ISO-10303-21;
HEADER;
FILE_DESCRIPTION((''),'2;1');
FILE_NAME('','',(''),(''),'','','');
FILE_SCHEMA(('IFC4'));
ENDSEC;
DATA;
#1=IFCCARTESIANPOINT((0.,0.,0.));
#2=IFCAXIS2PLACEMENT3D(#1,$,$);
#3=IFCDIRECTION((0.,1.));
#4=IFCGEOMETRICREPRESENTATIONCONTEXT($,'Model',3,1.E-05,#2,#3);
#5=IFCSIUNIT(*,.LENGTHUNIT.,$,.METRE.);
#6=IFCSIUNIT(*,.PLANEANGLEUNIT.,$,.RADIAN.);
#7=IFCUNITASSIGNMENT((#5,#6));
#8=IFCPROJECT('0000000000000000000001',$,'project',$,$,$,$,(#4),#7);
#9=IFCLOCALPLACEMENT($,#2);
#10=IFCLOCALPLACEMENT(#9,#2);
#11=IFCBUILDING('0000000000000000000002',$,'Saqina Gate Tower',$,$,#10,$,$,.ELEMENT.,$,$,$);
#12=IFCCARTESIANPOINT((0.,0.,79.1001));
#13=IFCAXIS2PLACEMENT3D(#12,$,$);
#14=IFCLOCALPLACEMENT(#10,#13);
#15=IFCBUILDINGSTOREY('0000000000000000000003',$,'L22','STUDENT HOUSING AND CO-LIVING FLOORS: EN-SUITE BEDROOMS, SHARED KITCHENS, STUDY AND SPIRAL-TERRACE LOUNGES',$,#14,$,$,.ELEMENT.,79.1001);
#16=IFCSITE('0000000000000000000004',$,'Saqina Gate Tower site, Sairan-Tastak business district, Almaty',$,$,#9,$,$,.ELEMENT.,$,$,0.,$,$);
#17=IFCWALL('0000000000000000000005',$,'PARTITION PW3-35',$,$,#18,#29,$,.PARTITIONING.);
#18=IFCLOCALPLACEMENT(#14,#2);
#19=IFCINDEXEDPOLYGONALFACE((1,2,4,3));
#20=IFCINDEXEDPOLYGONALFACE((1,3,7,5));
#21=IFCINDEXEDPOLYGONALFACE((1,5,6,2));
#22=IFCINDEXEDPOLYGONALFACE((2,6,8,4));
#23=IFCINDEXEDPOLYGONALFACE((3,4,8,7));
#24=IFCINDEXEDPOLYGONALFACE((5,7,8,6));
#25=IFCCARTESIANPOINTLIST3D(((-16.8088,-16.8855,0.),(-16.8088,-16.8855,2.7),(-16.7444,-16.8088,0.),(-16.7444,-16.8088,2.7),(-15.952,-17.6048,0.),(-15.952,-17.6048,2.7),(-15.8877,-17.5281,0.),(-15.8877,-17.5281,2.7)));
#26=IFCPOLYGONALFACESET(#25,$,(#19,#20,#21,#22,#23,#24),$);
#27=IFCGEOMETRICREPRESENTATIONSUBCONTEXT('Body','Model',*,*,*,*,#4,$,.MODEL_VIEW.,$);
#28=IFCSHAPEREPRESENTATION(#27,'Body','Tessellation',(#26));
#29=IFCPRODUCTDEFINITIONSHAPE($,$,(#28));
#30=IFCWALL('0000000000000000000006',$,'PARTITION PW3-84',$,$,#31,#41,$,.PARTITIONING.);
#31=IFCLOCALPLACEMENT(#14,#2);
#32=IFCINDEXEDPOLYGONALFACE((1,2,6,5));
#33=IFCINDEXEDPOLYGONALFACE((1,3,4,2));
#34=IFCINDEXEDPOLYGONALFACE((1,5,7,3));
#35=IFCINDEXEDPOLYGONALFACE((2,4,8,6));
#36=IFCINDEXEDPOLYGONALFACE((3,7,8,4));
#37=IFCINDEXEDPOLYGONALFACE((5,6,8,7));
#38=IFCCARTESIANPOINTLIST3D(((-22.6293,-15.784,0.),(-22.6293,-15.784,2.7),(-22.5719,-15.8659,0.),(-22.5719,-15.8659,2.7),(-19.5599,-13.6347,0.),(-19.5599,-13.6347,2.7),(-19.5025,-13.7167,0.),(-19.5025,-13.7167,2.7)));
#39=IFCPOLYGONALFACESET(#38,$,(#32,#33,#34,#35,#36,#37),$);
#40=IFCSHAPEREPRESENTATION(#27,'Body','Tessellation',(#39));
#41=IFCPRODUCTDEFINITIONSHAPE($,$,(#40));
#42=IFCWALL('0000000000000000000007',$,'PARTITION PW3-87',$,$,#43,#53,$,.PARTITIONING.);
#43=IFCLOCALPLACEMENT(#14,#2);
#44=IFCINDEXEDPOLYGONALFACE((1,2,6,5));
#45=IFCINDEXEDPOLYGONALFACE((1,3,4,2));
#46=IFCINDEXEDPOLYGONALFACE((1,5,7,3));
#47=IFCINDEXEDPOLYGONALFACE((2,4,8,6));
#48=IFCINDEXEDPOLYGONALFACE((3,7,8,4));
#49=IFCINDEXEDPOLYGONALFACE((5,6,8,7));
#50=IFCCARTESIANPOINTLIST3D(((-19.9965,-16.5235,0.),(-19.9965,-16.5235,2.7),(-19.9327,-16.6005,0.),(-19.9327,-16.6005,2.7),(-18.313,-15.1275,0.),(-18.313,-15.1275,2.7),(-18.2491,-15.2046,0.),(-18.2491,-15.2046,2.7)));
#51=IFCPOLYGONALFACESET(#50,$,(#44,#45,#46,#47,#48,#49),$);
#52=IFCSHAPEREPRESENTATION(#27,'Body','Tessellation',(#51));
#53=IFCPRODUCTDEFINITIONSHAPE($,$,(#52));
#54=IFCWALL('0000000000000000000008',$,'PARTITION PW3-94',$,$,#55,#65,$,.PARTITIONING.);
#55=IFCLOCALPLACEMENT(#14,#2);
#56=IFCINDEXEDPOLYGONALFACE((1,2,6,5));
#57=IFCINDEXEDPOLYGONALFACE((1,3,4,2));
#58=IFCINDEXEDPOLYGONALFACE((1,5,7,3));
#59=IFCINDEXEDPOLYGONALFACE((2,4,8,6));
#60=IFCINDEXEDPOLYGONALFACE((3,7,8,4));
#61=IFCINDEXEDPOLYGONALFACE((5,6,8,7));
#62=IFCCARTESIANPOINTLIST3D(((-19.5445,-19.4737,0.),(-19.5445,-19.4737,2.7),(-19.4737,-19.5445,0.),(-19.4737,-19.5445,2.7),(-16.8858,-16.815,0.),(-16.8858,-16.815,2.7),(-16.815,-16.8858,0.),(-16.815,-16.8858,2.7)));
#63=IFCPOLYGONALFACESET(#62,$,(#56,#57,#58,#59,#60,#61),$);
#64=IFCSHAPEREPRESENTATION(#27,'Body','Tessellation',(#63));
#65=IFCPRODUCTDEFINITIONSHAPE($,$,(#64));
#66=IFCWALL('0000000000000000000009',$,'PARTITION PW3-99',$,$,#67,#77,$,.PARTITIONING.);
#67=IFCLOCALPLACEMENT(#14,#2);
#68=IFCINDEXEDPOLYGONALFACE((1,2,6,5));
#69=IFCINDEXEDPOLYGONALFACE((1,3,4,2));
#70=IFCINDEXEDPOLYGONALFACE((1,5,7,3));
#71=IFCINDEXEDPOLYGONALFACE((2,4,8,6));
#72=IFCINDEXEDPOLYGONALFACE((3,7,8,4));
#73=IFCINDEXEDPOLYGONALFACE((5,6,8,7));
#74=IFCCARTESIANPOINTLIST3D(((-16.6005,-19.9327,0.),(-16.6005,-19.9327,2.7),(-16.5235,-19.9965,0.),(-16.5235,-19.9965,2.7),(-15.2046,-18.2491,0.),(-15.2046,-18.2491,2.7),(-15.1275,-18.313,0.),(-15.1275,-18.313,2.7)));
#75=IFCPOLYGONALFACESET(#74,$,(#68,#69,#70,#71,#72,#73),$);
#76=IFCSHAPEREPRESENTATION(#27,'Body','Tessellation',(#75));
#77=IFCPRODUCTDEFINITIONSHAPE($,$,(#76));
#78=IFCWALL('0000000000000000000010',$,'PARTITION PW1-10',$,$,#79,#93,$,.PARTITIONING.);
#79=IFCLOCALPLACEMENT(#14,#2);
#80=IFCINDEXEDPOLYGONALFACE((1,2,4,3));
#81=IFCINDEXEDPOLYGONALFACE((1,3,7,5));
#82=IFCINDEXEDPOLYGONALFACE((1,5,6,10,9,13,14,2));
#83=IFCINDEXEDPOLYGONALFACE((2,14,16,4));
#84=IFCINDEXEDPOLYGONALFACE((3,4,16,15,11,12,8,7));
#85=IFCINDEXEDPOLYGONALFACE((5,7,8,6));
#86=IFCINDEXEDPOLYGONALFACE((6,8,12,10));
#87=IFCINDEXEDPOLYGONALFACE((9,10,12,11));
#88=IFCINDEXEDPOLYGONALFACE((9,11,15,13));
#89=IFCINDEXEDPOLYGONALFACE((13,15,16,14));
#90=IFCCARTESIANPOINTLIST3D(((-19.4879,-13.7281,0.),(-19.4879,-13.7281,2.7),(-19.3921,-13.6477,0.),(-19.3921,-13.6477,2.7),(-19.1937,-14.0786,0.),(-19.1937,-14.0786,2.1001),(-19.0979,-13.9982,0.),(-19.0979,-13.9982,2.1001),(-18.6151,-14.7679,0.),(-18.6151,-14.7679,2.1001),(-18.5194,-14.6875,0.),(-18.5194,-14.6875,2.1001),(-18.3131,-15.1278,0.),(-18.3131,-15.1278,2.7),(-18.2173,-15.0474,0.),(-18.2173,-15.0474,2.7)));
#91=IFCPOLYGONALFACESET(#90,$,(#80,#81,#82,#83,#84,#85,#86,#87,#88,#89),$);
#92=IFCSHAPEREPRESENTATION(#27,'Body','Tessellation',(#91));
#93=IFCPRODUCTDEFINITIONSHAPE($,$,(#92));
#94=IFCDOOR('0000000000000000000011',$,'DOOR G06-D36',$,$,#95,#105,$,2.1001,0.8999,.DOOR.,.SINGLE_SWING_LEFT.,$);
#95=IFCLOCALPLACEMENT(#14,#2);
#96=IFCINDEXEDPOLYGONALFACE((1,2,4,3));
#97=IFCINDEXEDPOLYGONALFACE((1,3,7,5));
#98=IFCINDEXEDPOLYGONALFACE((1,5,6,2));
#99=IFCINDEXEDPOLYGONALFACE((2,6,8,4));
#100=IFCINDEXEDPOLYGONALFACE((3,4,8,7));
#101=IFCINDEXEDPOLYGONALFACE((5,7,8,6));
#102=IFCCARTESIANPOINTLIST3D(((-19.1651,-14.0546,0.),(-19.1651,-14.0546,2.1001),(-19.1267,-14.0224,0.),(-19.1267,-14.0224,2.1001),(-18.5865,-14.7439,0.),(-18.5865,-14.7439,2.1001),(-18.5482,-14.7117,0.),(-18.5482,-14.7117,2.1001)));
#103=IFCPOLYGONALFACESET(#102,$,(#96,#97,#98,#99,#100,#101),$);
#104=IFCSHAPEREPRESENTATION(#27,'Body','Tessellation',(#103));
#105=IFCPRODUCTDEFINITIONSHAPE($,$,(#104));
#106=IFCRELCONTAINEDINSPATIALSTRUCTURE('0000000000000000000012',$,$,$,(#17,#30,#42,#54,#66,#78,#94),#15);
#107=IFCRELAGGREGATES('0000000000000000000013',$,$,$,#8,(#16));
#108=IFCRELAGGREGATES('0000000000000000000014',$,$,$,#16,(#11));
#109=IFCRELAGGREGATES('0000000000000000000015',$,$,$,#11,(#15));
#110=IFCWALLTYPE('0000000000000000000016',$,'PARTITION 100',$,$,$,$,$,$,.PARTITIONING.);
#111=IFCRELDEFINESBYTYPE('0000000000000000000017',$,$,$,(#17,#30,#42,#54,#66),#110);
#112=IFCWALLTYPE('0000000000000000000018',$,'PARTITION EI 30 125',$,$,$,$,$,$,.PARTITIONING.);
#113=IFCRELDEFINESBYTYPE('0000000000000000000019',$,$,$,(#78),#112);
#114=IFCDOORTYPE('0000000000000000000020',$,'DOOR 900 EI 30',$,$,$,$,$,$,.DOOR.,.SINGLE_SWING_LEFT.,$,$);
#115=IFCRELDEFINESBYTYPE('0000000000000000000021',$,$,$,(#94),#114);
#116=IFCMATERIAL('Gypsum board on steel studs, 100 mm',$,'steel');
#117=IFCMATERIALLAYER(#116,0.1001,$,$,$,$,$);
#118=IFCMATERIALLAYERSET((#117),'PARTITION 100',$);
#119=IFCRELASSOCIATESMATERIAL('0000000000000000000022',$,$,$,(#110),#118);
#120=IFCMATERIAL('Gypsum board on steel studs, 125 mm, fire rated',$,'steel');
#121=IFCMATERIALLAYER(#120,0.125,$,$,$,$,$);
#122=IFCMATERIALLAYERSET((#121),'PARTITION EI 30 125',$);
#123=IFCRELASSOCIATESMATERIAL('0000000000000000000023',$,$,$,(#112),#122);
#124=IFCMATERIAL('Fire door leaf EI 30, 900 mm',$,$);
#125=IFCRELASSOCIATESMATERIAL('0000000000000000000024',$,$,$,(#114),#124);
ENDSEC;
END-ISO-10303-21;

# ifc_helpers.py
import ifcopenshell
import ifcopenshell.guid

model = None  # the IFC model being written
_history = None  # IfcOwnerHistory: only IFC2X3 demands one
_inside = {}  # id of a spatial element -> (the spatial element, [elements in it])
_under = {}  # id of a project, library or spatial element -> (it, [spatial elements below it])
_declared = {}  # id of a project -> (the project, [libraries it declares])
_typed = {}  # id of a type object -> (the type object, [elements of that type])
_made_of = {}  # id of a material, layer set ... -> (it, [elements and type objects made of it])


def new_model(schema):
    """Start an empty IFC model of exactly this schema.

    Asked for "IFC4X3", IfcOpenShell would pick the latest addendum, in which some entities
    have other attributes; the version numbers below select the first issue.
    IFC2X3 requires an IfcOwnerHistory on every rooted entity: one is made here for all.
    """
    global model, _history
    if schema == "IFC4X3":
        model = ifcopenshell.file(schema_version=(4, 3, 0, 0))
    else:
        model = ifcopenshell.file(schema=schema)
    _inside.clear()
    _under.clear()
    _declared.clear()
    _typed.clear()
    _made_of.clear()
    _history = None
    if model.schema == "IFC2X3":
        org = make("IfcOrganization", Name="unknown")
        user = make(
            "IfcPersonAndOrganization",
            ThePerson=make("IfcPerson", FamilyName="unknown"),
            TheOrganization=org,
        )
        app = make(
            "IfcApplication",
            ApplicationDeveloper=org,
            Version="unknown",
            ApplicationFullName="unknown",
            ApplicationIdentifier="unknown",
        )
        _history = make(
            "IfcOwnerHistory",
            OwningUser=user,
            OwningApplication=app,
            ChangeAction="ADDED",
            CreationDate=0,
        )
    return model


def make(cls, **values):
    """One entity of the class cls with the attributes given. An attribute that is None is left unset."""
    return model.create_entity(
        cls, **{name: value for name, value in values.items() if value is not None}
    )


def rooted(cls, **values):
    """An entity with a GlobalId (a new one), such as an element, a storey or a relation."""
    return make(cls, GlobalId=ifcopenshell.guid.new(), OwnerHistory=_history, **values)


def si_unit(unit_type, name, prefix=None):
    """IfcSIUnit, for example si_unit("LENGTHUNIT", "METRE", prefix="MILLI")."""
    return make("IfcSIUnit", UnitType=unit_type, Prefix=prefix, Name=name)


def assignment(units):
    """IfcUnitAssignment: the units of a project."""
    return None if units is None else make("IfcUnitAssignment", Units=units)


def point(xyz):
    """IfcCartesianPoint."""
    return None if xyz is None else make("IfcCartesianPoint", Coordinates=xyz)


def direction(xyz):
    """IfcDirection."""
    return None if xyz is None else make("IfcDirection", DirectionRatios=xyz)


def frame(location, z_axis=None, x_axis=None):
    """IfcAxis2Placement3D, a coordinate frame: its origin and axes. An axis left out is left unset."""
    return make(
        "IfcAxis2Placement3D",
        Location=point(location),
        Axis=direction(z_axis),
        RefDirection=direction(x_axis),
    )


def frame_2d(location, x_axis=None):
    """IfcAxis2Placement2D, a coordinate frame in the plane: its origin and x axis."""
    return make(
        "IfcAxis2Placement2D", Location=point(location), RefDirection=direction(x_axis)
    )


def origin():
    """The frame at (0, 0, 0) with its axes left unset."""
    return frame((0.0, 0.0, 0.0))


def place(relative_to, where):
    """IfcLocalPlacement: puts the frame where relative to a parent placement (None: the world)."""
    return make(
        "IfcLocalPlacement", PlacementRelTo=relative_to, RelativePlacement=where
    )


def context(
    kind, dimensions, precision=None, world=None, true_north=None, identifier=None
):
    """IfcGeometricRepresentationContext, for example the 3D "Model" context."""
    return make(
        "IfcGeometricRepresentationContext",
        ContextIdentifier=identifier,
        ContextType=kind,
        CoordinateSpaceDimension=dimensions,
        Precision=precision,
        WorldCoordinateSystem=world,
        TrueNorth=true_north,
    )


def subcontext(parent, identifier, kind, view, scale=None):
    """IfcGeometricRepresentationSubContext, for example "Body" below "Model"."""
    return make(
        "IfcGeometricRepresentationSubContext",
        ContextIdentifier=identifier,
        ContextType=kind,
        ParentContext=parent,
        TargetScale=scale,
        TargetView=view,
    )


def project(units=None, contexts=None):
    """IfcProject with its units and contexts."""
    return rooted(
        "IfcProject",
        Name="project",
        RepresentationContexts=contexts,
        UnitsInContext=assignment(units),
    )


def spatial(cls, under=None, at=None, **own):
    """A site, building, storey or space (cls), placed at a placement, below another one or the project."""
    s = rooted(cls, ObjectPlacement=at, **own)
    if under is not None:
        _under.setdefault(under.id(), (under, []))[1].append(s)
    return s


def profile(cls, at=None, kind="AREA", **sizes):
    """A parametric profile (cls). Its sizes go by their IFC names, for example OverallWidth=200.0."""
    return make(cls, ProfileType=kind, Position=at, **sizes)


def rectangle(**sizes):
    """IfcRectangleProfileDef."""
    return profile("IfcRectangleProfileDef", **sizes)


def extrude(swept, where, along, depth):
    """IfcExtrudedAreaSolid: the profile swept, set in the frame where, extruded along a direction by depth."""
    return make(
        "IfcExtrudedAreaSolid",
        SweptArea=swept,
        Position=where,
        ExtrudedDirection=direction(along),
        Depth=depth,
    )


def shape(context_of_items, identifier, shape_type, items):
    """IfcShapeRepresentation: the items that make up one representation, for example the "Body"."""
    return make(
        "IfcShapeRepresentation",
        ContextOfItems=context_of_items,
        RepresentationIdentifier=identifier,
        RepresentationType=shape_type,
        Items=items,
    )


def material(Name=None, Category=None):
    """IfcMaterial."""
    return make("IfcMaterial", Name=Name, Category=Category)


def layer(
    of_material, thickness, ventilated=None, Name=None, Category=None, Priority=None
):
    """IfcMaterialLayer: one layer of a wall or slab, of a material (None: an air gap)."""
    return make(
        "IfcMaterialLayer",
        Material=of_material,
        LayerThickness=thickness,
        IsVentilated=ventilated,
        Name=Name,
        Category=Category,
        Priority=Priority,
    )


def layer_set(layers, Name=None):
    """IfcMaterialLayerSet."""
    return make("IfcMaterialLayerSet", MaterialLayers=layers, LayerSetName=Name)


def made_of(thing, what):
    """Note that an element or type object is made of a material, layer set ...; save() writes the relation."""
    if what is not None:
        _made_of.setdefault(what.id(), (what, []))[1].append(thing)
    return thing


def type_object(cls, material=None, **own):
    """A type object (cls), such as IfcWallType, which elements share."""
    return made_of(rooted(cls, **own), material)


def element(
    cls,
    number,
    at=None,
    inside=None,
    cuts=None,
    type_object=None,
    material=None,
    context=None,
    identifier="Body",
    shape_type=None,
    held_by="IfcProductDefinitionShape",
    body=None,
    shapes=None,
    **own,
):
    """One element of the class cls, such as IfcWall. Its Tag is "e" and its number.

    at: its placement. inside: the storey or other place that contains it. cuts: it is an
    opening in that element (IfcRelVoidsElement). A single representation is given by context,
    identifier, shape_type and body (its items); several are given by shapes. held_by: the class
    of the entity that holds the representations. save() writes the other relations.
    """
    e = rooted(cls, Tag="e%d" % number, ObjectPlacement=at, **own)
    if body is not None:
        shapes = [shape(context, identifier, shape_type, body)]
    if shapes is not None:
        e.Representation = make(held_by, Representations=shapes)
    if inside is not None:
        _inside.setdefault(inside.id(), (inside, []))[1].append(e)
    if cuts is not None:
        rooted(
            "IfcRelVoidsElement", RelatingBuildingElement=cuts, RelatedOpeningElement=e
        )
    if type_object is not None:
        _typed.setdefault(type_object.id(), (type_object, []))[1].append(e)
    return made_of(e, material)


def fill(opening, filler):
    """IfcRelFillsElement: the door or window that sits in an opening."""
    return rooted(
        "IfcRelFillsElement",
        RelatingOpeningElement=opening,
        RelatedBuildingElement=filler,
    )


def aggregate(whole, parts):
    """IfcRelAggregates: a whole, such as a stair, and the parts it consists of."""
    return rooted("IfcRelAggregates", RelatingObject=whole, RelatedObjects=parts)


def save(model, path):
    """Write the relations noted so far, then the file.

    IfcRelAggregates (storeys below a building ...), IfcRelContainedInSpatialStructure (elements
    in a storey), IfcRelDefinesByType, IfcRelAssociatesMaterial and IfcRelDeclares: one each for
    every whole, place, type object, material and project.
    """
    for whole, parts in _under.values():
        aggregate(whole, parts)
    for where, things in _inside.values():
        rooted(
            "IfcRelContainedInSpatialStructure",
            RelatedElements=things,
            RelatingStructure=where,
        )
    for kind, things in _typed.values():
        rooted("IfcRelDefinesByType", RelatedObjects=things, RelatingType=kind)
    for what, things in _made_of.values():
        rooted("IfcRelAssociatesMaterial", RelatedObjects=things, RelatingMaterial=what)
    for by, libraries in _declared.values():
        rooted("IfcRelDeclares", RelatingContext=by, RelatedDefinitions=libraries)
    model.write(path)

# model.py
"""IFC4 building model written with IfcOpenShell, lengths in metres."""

from ifc_helpers import new_model, si_unit, direction, frame, frame_2d, origin, place, context, subcontext, project, spatial, rectangle, extrude, material, layer, layer_set, type_object, element, fill, save


model = new_model("IFC4")

# Units and contexts
model_context = context("Model", 3, precision=1e-05, world=origin(), true_north=direction((0.0, 1.0)))
body_context = subcontext(model_context, "Body", "Model", "MODEL_VIEW")
ifc_project = project(units=[si_unit("LENGTHUNIT", "METRE"), si_unit("PLANEANGLEUNIT", "RADIAN")], contexts=[model_context])

# Site, building, storey
site_placement = place(None, origin())
site = spatial("IfcSite", under=ifc_project, at=site_placement, Name="Saqina Gate Tower site, Sairan-Tastak business district, Almaty", CompositionType="ELEMENT", RefElevation=0.0)
building_placement = place(site_placement, origin())
building = spatial("IfcBuilding", under=site, at=building_placement, Name="Saqina Gate Tower", CompositionType="ELEMENT")
storey_placement = place(building_placement, frame((0.0, 0.0, 79.1001)))
storey = spatial("IfcBuildingStorey", under=building, at=storey_placement, Name="L22", Description="STUDENT HOUSING AND CO-LIVING FLOORS: EN-SUITE BEDROOMS, SHARED KITCHENS, STUDY AND SPIRAL-TERRACE LOUNGES", CompositionType="ELEMENT", Elevation=79.1001)

# Shared definitions
ifc_material_1 = material(Name="Gypsum board on steel studs, 100 mm", Category="steel")
ifc_layer_1 = layer(ifc_material_1, 0.1001)
ifc_layer_set_1 = layer_set([ifc_layer_1], Name="PARTITION 100")
wall_type_1 = type_object("IfcWallType", Name="PARTITION 100", PredefinedType="PARTITIONING", material=ifc_layer_set_1)

# Walls
wall_1_placement = place(storey_placement, frame((-16.7766, -16.8472, 0.0), z_axis=(0.0, 0.0, 1.0), x_axis=(0.765873, -0.642992, 0.0)))
element("IfcWall", 1, at=wall_1_placement, inside=storey, type_object=wall_type_1, Name="PARTITION PW3-35", PredefinedType="PARTITIONING", context=body_context, shape_type="SweptSolid", body=[
    extrude(rectangle(XDim=1.1187, YDim=0.1001, at=frame_2d((0.5593, 0.0))), origin(), (0.0, 0.0, 1.0), 2.7),
])
wall_2_placement = place(storey_placement, frame((-22.6006, -15.825, 0.0), z_axis=(0.0, 0.0, 1.0), x_axis=(0.819152, 0.573576, 0.0)))
element("IfcWall", 2, at=wall_2_placement, inside=storey, type_object=wall_type_1, Name="PARTITION PW3-84", PredefinedType="PARTITIONING", context=body_context, shape_type="SweptSolid", body=[
    extrude(rectangle(XDim=3.7471, YDim=0.1001, at=frame_2d((1.8735, 0.0))), origin(), (0.0, 0.0, 1.0), 2.7),
])
wall_3_placement = place(storey_placement, frame((-19.9646, -16.562, 0.0), z_axis=(0.0, 0.0, 1.0), x_axis=(0.769793, 0.638294, 0.0)))
element("IfcWall", 3, at=wall_3_placement, inside=storey, type_object=wall_type_1, Name="PARTITION PW3-87", PredefinedType="PARTITIONING", context=body_context, shape_type="SweptSolid", body=[
    extrude(rectangle(XDim=2.187, YDim=0.1001, at=frame_2d((1.0935, 0.0))), origin(), (0.0, 0.0, 1.0), 2.7),
])
wall_4_placement = place(storey_placement, frame((-19.509, -19.509, 0.0), z_axis=(0.0, 0.0, 1.0), x_axis=(0.707107, 0.707107, 0.0)))
element("IfcWall", 4, at=wall_4_placement, inside=storey, type_object=wall_type_1, Name="PARTITION PW3-94", PredefinedType="PARTITIONING", context=body_context, shape_type="SweptSolid", body=[
    extrude(rectangle(XDim=3.76, YDim=0.1001, at=frame_2d((1.8799, 0.0))), origin(), (0.0, 0.0, 1.0), 2.7),
])
wall_5_placement = place(storey_placement, frame((-16.562, -19.9646, 0.0), z_axis=(0.0, 0.0, 1.0), x_axis=(0.638294, 0.769793, 0.0)))
element("IfcWall", 5, at=wall_5_placement, inside=storey, type_object=wall_type_1, Name="PARTITION PW3-99", PredefinedType="PARTITIONING", context=body_context, shape_type="SweptSolid", body=[
    extrude(rectangle(XDim=2.187, YDim=0.1001, at=frame_2d((1.0935, 0.0))), origin(), (0.0, 0.0, 1.0), 2.7),
])

# Wall, opening, door
ifc_material_2 = material(Name="Gypsum board on steel studs, 125 mm, fire rated", Category="steel")
ifc_layer_2 = layer(ifc_material_2, 0.125)
ifc_layer_set_2 = layer_set([ifc_layer_2], Name="PARTITION EI 30 125")
wall_type_2 = type_object("IfcWallType", Name="PARTITION EI 30 125", PredefinedType="PARTITIONING", material=ifc_layer_set_2)
wall_6_placement = place(storey_placement, frame((-19.4399, -13.688, 0.0), z_axis=(0.0, 0.0, 1.0), x_axis=(0.642901, -0.76595, 0.0)))
wall_6 = element("IfcWall", 6, at=wall_6_placement, inside=storey, type_object=wall_type_2, Name="PARTITION PW1-10", PredefinedType="PARTITIONING", context=body_context, shape_type="SweptSolid", body=[
    extrude(rectangle(XDim=1.8274, YDim=0.125, at=frame_2d((0.9136, 0.0))), origin(), (0.0, 0.0, 1.0), 2.7),
])
opening_1_placement = place(wall_6_placement, frame((0.4575, 0.0, 0.0)))
opening_1 = element("IfcOpeningElement", 7, at=opening_1_placement, cuts=wall_6, PredefinedType="OPENING", context=body_context, shape_type="SweptSolid", body=[
    extrude(rectangle(XDim=0.8999, YDim=2.1001, at=frame_2d((0.45, 1.05))), frame((0.0, 0.0745, 0.0), z_axis=(0.0, -1.0, 0.0), x_axis=(1.0, 0.0, 0.0)), (0.0, 0.0, 1.0), 0.1489),
])
ifc_material_3 = material(Name="Fire door leaf EI 30, 900 mm")
door_type_1 = type_object("IfcDoorType", Name="DOOR 900 EI 30", OperationType="SINGLE_SWING_LEFT", PredefinedType="DOOR", material=ifc_material_3)
door_1_placement = place(opening_1_placement, origin())
door_1 = element("IfcDoor", 8, at=door_1_placement, inside=storey, type_object=door_type_1, Name="DOOR G06-D36", OperationType="SINGLE_SWING_LEFT", OverallHeight=2.1001, OverallWidth=0.8999, PredefinedType="DOOR", context=body_context, shape_type="SweptSolid", body=[
    extrude(rectangle(XDim=0.8999, YDim=2.1001, at=frame_2d((0.45, 1.05))), frame((0.0, 0.0249, 0.0), z_axis=(0.0, -1.0, 0.0), x_axis=(1.0, 0.0, 0.0)), (0.0, 0.0, 1.0), 0.05),
])
fill(opening_1, door_1)

save(model, "model.ifc")
